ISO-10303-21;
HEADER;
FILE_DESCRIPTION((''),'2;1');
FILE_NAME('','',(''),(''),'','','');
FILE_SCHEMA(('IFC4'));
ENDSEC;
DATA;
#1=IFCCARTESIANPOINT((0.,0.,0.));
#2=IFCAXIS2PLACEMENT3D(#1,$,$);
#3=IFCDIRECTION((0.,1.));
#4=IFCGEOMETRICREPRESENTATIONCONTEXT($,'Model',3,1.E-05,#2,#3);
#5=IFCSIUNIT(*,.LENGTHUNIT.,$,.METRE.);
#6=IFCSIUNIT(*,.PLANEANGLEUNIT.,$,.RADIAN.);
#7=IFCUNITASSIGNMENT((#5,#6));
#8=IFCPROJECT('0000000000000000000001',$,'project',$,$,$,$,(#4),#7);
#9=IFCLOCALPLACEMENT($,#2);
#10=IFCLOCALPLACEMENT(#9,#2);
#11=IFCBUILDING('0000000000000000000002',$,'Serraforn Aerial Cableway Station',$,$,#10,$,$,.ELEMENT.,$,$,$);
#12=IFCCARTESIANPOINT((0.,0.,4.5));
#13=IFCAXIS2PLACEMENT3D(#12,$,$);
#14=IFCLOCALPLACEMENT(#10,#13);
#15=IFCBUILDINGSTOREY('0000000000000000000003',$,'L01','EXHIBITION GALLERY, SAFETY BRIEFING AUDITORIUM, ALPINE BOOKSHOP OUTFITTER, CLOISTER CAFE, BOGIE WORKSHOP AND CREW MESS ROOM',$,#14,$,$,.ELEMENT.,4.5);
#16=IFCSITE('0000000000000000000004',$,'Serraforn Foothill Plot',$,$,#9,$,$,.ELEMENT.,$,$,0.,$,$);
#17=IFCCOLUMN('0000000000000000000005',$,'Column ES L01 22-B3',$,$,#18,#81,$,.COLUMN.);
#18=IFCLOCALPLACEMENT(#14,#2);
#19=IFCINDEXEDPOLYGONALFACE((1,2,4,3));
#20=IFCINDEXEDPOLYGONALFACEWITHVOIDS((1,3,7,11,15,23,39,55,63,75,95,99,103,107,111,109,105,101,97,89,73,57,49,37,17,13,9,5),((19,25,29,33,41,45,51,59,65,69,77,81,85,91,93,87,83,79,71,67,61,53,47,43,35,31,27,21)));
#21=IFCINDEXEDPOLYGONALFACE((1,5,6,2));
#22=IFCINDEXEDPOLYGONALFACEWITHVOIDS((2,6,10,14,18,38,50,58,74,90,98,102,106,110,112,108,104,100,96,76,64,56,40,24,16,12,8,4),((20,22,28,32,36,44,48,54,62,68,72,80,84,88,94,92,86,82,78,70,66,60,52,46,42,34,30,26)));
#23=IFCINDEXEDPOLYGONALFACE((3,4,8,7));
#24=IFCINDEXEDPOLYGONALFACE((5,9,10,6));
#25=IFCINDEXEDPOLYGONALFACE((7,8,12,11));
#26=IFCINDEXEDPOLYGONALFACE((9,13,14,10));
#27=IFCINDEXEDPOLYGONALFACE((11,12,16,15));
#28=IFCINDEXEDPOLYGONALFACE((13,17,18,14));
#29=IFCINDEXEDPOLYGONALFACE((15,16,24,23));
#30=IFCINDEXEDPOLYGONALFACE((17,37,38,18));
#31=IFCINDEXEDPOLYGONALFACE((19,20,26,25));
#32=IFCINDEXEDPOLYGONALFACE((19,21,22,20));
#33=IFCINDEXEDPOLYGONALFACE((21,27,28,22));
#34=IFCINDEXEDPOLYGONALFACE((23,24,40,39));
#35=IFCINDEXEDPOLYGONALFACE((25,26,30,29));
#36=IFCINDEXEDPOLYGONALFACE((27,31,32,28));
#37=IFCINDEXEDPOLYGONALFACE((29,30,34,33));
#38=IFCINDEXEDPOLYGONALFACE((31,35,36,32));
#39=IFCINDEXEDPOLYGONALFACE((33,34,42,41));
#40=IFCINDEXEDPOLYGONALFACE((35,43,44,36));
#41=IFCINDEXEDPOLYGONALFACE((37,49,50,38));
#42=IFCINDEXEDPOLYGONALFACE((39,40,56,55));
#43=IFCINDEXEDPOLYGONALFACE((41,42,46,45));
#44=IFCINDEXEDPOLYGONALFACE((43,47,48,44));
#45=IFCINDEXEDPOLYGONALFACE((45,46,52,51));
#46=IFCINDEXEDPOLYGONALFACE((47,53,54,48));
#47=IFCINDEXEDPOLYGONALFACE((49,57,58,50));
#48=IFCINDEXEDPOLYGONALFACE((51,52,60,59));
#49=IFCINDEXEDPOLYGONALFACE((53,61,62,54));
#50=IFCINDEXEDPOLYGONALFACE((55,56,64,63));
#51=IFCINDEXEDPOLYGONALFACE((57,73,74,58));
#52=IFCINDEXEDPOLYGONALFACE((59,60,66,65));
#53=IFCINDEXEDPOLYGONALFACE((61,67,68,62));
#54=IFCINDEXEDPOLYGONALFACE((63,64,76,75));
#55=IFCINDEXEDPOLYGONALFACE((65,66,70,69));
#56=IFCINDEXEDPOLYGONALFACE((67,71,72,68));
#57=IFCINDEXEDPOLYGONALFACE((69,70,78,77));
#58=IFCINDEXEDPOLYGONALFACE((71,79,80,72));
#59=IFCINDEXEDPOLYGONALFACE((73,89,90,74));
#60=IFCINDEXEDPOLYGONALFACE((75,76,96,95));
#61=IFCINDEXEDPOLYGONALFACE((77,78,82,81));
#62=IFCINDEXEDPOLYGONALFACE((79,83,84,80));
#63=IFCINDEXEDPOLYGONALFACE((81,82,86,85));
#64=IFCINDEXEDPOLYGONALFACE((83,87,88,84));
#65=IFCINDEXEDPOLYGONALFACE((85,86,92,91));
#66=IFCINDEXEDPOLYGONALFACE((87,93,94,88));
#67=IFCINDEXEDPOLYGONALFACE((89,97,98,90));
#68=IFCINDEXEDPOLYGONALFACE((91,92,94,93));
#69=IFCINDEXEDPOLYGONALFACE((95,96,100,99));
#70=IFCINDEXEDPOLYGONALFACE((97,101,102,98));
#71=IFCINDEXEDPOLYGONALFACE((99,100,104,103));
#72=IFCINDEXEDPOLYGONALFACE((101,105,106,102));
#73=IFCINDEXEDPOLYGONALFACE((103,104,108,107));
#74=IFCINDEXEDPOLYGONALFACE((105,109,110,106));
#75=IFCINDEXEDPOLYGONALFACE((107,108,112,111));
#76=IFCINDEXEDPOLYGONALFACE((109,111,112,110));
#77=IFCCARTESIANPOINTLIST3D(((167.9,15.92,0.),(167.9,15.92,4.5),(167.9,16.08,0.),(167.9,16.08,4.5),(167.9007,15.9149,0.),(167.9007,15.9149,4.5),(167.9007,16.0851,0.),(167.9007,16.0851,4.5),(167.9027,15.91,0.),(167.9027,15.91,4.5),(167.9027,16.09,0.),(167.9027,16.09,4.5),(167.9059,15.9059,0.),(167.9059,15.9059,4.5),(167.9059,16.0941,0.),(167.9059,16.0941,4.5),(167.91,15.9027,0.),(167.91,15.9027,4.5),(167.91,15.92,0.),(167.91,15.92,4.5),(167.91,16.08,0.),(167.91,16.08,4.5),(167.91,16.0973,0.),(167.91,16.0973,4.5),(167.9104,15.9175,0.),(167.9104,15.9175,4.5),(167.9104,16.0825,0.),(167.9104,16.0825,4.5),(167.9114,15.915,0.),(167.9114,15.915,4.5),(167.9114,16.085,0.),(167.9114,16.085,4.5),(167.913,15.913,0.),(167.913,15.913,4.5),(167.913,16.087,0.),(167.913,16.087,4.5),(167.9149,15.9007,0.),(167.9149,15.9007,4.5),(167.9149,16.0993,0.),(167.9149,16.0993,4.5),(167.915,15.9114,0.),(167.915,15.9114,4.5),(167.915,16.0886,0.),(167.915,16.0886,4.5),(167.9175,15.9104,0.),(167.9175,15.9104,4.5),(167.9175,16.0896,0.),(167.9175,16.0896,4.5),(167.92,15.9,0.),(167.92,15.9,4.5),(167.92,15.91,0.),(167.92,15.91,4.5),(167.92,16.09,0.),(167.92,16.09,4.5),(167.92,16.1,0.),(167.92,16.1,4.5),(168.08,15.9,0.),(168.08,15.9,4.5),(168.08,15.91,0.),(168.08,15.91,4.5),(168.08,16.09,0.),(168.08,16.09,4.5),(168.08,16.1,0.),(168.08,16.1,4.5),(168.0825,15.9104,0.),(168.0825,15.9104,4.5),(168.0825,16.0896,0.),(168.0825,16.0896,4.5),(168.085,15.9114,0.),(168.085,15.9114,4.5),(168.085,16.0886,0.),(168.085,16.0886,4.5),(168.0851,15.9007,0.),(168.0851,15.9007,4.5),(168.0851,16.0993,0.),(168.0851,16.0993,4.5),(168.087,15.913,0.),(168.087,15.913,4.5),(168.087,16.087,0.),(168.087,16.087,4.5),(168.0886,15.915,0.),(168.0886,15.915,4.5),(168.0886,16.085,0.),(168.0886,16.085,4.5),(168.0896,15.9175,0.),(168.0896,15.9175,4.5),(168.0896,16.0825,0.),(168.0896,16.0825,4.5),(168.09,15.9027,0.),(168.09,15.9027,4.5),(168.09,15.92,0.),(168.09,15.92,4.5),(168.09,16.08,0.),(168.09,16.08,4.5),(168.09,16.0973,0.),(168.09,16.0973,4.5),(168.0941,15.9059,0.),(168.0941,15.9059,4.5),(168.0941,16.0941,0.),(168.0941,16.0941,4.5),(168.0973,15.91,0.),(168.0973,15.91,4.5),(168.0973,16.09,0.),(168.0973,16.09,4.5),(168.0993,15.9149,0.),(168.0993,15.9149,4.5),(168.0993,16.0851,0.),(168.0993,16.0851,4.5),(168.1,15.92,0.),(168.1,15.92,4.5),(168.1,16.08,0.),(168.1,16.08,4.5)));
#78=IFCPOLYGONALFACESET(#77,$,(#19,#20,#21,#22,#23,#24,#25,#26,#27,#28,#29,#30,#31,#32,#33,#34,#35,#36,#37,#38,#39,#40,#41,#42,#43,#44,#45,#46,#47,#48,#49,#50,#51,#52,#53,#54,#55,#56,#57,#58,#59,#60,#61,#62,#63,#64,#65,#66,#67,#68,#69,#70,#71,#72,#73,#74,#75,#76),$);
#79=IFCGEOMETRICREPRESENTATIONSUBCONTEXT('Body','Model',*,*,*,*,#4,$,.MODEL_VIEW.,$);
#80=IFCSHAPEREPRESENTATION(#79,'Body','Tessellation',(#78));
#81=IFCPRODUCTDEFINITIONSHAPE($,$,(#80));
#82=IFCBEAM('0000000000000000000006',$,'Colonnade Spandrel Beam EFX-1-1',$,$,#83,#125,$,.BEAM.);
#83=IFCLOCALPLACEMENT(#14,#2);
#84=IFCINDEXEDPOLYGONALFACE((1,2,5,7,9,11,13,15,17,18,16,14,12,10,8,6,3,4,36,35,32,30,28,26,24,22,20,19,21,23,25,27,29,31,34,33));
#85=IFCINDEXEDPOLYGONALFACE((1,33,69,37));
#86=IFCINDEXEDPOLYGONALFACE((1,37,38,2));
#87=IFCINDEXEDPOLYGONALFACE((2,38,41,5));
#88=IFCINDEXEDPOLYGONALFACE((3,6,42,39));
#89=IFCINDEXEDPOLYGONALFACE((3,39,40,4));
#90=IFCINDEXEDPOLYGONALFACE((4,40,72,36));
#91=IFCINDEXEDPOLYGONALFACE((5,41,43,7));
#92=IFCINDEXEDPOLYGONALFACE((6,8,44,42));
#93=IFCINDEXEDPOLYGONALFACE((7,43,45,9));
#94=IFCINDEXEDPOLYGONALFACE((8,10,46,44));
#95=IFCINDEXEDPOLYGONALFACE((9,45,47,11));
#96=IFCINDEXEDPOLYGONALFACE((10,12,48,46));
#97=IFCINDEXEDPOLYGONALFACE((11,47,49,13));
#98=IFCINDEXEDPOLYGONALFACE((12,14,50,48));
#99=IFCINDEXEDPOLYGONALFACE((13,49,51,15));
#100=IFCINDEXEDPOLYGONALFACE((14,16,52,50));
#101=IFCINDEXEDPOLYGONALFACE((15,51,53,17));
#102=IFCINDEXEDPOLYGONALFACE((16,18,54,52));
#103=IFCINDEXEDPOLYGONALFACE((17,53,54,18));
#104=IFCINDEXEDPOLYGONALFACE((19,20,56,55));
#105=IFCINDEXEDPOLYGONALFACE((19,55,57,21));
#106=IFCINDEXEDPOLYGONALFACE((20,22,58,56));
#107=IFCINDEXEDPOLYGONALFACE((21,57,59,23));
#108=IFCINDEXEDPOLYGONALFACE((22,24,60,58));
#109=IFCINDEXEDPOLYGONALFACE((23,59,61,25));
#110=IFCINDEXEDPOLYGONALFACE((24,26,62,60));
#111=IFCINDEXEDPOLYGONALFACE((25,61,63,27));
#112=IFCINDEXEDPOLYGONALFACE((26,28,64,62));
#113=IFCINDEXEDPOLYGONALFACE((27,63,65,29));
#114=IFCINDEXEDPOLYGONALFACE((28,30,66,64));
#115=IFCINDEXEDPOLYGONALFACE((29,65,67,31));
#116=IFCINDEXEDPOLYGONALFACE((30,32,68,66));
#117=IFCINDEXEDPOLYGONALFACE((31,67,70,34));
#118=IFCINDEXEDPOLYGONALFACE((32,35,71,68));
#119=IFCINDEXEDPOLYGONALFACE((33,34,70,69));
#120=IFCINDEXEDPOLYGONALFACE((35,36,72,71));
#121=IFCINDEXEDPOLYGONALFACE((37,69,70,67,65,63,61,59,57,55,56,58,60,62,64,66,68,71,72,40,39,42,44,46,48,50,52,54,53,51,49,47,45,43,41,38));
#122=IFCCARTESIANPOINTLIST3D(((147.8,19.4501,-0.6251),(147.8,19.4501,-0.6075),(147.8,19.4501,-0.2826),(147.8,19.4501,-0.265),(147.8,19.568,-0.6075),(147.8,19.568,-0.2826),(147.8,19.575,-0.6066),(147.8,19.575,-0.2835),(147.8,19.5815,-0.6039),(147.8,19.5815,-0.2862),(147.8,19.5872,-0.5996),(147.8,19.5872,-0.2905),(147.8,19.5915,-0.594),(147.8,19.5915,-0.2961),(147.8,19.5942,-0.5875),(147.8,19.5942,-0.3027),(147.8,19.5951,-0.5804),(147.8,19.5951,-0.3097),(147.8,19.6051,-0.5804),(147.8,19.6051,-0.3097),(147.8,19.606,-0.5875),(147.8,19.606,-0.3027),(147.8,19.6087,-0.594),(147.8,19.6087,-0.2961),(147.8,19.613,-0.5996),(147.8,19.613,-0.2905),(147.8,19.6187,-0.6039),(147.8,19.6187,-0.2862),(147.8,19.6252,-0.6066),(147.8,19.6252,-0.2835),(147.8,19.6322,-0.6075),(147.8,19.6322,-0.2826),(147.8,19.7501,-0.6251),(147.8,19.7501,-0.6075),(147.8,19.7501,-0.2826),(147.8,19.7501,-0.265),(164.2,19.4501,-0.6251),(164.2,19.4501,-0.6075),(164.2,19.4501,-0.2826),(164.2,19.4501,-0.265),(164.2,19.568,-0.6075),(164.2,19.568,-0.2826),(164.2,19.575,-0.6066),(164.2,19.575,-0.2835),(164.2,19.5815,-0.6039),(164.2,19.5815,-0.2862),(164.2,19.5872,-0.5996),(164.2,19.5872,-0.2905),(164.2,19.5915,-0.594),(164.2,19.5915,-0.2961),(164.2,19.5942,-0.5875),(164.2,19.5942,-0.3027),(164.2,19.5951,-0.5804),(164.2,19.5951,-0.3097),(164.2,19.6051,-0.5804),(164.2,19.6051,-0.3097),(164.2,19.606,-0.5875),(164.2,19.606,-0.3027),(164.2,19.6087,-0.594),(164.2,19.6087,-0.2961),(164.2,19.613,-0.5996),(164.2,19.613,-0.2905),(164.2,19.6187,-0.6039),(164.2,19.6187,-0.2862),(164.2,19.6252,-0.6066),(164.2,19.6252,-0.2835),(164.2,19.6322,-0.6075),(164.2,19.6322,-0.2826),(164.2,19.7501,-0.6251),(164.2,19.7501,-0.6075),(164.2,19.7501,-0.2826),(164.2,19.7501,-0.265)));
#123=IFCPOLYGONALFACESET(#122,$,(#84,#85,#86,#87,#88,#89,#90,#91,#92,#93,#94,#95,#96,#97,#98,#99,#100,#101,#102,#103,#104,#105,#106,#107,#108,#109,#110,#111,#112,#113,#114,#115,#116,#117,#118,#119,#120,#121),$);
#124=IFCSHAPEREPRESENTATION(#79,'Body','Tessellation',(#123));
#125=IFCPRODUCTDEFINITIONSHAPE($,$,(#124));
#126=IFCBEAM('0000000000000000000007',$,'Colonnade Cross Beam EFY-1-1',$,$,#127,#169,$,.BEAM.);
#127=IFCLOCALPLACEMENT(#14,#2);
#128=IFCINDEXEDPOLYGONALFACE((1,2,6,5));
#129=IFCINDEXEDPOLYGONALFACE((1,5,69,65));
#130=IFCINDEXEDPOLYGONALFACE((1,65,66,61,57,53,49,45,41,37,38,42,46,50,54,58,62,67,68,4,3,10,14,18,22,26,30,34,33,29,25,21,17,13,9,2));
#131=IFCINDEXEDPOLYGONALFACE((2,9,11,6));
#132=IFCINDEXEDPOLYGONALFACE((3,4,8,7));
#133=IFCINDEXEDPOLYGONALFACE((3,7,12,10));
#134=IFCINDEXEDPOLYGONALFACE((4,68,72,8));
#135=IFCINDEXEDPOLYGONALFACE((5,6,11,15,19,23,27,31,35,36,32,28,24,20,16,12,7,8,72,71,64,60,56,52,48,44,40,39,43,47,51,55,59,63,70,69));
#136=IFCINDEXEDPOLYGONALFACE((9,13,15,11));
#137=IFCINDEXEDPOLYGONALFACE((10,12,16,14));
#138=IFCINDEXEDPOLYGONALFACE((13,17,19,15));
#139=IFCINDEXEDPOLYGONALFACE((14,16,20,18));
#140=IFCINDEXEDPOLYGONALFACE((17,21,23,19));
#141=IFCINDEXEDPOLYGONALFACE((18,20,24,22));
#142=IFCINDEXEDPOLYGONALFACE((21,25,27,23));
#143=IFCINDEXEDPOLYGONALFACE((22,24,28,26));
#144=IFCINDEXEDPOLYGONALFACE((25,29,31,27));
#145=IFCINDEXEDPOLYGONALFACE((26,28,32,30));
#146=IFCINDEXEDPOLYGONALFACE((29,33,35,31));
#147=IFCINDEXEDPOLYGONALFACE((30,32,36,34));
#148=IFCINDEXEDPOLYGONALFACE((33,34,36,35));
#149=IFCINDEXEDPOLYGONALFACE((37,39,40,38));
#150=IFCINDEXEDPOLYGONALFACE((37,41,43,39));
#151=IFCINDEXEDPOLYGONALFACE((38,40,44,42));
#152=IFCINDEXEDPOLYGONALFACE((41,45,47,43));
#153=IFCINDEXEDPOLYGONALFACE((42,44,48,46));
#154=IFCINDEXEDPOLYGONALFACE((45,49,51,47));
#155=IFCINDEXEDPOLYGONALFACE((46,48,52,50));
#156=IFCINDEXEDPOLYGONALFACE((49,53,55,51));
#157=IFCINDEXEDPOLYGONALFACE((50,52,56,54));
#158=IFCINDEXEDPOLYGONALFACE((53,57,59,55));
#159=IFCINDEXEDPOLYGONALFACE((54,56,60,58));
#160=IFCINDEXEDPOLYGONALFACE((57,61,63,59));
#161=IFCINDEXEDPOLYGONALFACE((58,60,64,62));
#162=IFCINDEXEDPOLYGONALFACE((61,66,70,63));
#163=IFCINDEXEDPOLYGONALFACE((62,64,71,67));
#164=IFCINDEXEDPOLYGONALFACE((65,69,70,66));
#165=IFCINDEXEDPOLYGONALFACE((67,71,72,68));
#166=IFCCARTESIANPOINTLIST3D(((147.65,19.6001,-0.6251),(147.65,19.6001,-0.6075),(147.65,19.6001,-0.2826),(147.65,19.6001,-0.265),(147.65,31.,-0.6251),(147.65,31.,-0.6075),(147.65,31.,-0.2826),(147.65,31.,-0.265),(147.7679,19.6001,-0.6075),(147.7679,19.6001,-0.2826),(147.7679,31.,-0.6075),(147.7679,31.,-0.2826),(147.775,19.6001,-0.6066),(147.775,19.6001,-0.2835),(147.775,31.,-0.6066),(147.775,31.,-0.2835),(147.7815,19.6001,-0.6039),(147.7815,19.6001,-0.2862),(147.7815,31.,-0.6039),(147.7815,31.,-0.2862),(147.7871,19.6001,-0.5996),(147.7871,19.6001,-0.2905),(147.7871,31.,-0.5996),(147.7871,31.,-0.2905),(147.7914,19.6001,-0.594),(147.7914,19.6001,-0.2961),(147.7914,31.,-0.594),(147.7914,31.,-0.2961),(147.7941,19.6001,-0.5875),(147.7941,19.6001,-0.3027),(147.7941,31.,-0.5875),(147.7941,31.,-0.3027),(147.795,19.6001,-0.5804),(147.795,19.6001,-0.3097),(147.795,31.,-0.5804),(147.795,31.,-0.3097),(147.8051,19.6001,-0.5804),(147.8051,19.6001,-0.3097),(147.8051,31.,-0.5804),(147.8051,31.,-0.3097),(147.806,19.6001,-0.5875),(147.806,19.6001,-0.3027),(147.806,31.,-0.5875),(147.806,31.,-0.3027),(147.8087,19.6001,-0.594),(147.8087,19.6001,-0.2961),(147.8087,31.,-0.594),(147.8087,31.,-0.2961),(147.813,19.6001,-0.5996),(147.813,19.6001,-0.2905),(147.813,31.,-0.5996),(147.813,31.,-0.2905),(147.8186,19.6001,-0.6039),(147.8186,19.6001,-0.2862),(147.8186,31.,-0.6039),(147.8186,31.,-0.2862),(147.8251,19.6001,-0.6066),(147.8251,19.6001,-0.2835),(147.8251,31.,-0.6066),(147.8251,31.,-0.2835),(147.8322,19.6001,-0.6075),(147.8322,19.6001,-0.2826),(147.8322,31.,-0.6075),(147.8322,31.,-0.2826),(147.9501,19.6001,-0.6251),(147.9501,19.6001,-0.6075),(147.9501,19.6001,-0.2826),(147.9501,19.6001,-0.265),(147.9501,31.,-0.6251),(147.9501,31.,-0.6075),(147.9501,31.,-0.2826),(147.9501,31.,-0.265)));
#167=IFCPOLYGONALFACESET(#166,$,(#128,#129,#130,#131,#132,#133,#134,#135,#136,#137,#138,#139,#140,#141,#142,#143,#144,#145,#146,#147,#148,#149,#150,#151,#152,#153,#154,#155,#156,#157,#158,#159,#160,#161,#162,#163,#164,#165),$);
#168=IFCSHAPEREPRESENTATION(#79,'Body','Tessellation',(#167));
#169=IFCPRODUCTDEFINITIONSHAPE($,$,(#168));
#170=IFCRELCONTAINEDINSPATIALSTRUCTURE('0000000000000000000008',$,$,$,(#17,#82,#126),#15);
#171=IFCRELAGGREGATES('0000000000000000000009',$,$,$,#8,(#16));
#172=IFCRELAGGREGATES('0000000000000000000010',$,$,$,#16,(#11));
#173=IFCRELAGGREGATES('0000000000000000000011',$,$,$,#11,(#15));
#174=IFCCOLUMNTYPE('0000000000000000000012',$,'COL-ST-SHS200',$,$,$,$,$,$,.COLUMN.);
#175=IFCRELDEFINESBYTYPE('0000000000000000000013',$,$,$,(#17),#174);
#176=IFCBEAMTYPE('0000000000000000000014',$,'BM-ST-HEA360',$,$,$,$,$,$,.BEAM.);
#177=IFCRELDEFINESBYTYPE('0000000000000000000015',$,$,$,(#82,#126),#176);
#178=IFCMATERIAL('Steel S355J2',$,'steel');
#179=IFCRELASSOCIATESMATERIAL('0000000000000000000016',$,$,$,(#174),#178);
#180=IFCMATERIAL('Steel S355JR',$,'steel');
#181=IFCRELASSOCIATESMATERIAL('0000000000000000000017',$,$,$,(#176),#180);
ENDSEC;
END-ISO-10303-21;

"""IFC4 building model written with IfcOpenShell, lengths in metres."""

from ifc_helpers import new_model, si_unit, direction, frame, origin, origin_2d, place, context, subcontext, project, spatial, hollow_rectangle, i_section, extrude, material, material_profile, profile_set, type_object, element, save


model = new_model("IFC4")

# Units and contexts
model_context = context("Model", 3, precision=1e-05, world=origin(), true_north=direction((0.0, 1.0)))
body_context = subcontext(model_context, "Body", "Model", "MODEL_VIEW")
ifc_project = project(units=[si_unit("LENGTHUNIT", "METRE"), si_unit("PLANEANGLEUNIT", "RADIAN")], contexts=[model_context])

# Site, building, storey
site_placement = place(None, origin())
site = spatial("IfcSite", under=ifc_project, at=site_placement, Name="Serraforn Foothill Plot", CompositionType="ELEMENT", RefElevation=0.0)
building_placement = place(site_placement, origin())
building = spatial("IfcBuilding", under=site, at=building_placement, Name="Serraforn Aerial Cableway Station", CompositionType="ELEMENT")
storey_placement = place(building_placement, frame((0.0, 0.0, 4.5)))
storey = spatial("IfcBuildingStorey", under=building, at=storey_placement, Name="L01", Description="EXHIBITION GALLERY, SAFETY BRIEFING AUDITORIUM, ALPINE BOOKSHOP OUTFITTER, CLOISTER CAFE, BOGIE WORKSHOP AND CREW MESS ROOM", CompositionType="ELEMENT", Elevation=4.5)

# Column
ifc_material_1 = material(Name="Steel S355J2", Category="steel")
ifc_material_profile_1 = material_profile(ifc_material_1, hollow_rectangle(XDim=0.2, YDim=0.2, WallThickness=0.01, InnerFilletRadius=0.01, OuterFilletRadius=0.02, at=origin_2d()), Name="SHS 200x200x10.0")
ifc_profile_set_1 = profile_set([ifc_material_profile_1], Name="Steel S355J2")
column_type = type_object("IfcColumnType", Name="COL-ST-SHS200", PredefinedType="COLUMN", material=ifc_profile_set_1)
for number, where, z_axis, x_axis, name in (
    (1, (168.0, 16.0, 0.0), (0.0, 0.0, 1.0), (1.0, 0.0, 0.0), "Column ES L01 22-B3"),
):
    element("IfcColumn", number, at=place(storey_placement, frame(where, z_axis=z_axis, x_axis=x_axis)), inside=storey, type_object=column_type, Name=name, PredefinedType="COLUMN", context=body_context, shape_type="SweptSolid", body=[
        extrude(hollow_rectangle(XDim=0.2, YDim=0.2, WallThickness=0.01, InnerFilletRadius=0.01, OuterFilletRadius=0.02, at=origin_2d()), origin(), (0.0, 0.0, 1.0), 4.5),
    ])

# Beams
ifc_material_2 = material(Name="Steel S355JR", Category="steel")
ifc_material_profile_2 = material_profile(ifc_material_2, i_section(OverallWidth=0.3, OverallDepth=0.3601, WebThickness=0.01, FlangeThickness=0.0176, FilletRadius=0.0271, at=origin_2d()), Name="HEA 360")
ifc_profile_set_2 = profile_set([ifc_material_profile_2], Name="Steel S355JR")
beam_type_1 = type_object("IfcBeamType", Name="BM-ST-HEA360", PredefinedType="BEAM", material=ifc_profile_set_2)
beam_1_placement = place(storey_placement, frame((147.8, 19.6001, -0.4451), z_axis=(1.0, 0.0, 0.0), x_axis=(0.0, 1.0, 0.0)))
element("IfcBeam", 2, at=beam_1_placement, inside=storey, type_object=beam_type_1, Name="Colonnade Spandrel Beam EFX-1-1", PredefinedType="BEAM", context=body_context, shape_type="SweptSolid", body=[
    extrude(i_section(OverallWidth=0.3, OverallDepth=0.3601, WebThickness=0.01, FlangeThickness=0.0176, FilletRadius=0.0271, at=origin_2d()), origin(), (0.0, 0.0, 1.0), 16.3999),
])
for number, where, z_axis, x_axis, name in (
    (3, (147.8, 19.6001, -0.4451), (0.0, 1.0, 0.0), (-1.0, 0.0, 0.0), "Colonnade Cross Beam EFY-1-1"),
):
    element("IfcBeam", number, at=place(storey_placement, frame(where, z_axis=z_axis, x_axis=x_axis)), inside=storey, type_object=beam_type_1, Name=name, PredefinedType="BEAM", context=body_context, shape_type="SweptSolid", body=[
        extrude(i_section(OverallWidth=0.3, OverallDepth=0.3601, WebThickness=0.01, FlangeThickness=0.0176, FilletRadius=0.0271, at=origin_2d()), origin(), (0.0, 0.0, 1.0), 11.3999),
    ])

save(model, "model.ifc")
